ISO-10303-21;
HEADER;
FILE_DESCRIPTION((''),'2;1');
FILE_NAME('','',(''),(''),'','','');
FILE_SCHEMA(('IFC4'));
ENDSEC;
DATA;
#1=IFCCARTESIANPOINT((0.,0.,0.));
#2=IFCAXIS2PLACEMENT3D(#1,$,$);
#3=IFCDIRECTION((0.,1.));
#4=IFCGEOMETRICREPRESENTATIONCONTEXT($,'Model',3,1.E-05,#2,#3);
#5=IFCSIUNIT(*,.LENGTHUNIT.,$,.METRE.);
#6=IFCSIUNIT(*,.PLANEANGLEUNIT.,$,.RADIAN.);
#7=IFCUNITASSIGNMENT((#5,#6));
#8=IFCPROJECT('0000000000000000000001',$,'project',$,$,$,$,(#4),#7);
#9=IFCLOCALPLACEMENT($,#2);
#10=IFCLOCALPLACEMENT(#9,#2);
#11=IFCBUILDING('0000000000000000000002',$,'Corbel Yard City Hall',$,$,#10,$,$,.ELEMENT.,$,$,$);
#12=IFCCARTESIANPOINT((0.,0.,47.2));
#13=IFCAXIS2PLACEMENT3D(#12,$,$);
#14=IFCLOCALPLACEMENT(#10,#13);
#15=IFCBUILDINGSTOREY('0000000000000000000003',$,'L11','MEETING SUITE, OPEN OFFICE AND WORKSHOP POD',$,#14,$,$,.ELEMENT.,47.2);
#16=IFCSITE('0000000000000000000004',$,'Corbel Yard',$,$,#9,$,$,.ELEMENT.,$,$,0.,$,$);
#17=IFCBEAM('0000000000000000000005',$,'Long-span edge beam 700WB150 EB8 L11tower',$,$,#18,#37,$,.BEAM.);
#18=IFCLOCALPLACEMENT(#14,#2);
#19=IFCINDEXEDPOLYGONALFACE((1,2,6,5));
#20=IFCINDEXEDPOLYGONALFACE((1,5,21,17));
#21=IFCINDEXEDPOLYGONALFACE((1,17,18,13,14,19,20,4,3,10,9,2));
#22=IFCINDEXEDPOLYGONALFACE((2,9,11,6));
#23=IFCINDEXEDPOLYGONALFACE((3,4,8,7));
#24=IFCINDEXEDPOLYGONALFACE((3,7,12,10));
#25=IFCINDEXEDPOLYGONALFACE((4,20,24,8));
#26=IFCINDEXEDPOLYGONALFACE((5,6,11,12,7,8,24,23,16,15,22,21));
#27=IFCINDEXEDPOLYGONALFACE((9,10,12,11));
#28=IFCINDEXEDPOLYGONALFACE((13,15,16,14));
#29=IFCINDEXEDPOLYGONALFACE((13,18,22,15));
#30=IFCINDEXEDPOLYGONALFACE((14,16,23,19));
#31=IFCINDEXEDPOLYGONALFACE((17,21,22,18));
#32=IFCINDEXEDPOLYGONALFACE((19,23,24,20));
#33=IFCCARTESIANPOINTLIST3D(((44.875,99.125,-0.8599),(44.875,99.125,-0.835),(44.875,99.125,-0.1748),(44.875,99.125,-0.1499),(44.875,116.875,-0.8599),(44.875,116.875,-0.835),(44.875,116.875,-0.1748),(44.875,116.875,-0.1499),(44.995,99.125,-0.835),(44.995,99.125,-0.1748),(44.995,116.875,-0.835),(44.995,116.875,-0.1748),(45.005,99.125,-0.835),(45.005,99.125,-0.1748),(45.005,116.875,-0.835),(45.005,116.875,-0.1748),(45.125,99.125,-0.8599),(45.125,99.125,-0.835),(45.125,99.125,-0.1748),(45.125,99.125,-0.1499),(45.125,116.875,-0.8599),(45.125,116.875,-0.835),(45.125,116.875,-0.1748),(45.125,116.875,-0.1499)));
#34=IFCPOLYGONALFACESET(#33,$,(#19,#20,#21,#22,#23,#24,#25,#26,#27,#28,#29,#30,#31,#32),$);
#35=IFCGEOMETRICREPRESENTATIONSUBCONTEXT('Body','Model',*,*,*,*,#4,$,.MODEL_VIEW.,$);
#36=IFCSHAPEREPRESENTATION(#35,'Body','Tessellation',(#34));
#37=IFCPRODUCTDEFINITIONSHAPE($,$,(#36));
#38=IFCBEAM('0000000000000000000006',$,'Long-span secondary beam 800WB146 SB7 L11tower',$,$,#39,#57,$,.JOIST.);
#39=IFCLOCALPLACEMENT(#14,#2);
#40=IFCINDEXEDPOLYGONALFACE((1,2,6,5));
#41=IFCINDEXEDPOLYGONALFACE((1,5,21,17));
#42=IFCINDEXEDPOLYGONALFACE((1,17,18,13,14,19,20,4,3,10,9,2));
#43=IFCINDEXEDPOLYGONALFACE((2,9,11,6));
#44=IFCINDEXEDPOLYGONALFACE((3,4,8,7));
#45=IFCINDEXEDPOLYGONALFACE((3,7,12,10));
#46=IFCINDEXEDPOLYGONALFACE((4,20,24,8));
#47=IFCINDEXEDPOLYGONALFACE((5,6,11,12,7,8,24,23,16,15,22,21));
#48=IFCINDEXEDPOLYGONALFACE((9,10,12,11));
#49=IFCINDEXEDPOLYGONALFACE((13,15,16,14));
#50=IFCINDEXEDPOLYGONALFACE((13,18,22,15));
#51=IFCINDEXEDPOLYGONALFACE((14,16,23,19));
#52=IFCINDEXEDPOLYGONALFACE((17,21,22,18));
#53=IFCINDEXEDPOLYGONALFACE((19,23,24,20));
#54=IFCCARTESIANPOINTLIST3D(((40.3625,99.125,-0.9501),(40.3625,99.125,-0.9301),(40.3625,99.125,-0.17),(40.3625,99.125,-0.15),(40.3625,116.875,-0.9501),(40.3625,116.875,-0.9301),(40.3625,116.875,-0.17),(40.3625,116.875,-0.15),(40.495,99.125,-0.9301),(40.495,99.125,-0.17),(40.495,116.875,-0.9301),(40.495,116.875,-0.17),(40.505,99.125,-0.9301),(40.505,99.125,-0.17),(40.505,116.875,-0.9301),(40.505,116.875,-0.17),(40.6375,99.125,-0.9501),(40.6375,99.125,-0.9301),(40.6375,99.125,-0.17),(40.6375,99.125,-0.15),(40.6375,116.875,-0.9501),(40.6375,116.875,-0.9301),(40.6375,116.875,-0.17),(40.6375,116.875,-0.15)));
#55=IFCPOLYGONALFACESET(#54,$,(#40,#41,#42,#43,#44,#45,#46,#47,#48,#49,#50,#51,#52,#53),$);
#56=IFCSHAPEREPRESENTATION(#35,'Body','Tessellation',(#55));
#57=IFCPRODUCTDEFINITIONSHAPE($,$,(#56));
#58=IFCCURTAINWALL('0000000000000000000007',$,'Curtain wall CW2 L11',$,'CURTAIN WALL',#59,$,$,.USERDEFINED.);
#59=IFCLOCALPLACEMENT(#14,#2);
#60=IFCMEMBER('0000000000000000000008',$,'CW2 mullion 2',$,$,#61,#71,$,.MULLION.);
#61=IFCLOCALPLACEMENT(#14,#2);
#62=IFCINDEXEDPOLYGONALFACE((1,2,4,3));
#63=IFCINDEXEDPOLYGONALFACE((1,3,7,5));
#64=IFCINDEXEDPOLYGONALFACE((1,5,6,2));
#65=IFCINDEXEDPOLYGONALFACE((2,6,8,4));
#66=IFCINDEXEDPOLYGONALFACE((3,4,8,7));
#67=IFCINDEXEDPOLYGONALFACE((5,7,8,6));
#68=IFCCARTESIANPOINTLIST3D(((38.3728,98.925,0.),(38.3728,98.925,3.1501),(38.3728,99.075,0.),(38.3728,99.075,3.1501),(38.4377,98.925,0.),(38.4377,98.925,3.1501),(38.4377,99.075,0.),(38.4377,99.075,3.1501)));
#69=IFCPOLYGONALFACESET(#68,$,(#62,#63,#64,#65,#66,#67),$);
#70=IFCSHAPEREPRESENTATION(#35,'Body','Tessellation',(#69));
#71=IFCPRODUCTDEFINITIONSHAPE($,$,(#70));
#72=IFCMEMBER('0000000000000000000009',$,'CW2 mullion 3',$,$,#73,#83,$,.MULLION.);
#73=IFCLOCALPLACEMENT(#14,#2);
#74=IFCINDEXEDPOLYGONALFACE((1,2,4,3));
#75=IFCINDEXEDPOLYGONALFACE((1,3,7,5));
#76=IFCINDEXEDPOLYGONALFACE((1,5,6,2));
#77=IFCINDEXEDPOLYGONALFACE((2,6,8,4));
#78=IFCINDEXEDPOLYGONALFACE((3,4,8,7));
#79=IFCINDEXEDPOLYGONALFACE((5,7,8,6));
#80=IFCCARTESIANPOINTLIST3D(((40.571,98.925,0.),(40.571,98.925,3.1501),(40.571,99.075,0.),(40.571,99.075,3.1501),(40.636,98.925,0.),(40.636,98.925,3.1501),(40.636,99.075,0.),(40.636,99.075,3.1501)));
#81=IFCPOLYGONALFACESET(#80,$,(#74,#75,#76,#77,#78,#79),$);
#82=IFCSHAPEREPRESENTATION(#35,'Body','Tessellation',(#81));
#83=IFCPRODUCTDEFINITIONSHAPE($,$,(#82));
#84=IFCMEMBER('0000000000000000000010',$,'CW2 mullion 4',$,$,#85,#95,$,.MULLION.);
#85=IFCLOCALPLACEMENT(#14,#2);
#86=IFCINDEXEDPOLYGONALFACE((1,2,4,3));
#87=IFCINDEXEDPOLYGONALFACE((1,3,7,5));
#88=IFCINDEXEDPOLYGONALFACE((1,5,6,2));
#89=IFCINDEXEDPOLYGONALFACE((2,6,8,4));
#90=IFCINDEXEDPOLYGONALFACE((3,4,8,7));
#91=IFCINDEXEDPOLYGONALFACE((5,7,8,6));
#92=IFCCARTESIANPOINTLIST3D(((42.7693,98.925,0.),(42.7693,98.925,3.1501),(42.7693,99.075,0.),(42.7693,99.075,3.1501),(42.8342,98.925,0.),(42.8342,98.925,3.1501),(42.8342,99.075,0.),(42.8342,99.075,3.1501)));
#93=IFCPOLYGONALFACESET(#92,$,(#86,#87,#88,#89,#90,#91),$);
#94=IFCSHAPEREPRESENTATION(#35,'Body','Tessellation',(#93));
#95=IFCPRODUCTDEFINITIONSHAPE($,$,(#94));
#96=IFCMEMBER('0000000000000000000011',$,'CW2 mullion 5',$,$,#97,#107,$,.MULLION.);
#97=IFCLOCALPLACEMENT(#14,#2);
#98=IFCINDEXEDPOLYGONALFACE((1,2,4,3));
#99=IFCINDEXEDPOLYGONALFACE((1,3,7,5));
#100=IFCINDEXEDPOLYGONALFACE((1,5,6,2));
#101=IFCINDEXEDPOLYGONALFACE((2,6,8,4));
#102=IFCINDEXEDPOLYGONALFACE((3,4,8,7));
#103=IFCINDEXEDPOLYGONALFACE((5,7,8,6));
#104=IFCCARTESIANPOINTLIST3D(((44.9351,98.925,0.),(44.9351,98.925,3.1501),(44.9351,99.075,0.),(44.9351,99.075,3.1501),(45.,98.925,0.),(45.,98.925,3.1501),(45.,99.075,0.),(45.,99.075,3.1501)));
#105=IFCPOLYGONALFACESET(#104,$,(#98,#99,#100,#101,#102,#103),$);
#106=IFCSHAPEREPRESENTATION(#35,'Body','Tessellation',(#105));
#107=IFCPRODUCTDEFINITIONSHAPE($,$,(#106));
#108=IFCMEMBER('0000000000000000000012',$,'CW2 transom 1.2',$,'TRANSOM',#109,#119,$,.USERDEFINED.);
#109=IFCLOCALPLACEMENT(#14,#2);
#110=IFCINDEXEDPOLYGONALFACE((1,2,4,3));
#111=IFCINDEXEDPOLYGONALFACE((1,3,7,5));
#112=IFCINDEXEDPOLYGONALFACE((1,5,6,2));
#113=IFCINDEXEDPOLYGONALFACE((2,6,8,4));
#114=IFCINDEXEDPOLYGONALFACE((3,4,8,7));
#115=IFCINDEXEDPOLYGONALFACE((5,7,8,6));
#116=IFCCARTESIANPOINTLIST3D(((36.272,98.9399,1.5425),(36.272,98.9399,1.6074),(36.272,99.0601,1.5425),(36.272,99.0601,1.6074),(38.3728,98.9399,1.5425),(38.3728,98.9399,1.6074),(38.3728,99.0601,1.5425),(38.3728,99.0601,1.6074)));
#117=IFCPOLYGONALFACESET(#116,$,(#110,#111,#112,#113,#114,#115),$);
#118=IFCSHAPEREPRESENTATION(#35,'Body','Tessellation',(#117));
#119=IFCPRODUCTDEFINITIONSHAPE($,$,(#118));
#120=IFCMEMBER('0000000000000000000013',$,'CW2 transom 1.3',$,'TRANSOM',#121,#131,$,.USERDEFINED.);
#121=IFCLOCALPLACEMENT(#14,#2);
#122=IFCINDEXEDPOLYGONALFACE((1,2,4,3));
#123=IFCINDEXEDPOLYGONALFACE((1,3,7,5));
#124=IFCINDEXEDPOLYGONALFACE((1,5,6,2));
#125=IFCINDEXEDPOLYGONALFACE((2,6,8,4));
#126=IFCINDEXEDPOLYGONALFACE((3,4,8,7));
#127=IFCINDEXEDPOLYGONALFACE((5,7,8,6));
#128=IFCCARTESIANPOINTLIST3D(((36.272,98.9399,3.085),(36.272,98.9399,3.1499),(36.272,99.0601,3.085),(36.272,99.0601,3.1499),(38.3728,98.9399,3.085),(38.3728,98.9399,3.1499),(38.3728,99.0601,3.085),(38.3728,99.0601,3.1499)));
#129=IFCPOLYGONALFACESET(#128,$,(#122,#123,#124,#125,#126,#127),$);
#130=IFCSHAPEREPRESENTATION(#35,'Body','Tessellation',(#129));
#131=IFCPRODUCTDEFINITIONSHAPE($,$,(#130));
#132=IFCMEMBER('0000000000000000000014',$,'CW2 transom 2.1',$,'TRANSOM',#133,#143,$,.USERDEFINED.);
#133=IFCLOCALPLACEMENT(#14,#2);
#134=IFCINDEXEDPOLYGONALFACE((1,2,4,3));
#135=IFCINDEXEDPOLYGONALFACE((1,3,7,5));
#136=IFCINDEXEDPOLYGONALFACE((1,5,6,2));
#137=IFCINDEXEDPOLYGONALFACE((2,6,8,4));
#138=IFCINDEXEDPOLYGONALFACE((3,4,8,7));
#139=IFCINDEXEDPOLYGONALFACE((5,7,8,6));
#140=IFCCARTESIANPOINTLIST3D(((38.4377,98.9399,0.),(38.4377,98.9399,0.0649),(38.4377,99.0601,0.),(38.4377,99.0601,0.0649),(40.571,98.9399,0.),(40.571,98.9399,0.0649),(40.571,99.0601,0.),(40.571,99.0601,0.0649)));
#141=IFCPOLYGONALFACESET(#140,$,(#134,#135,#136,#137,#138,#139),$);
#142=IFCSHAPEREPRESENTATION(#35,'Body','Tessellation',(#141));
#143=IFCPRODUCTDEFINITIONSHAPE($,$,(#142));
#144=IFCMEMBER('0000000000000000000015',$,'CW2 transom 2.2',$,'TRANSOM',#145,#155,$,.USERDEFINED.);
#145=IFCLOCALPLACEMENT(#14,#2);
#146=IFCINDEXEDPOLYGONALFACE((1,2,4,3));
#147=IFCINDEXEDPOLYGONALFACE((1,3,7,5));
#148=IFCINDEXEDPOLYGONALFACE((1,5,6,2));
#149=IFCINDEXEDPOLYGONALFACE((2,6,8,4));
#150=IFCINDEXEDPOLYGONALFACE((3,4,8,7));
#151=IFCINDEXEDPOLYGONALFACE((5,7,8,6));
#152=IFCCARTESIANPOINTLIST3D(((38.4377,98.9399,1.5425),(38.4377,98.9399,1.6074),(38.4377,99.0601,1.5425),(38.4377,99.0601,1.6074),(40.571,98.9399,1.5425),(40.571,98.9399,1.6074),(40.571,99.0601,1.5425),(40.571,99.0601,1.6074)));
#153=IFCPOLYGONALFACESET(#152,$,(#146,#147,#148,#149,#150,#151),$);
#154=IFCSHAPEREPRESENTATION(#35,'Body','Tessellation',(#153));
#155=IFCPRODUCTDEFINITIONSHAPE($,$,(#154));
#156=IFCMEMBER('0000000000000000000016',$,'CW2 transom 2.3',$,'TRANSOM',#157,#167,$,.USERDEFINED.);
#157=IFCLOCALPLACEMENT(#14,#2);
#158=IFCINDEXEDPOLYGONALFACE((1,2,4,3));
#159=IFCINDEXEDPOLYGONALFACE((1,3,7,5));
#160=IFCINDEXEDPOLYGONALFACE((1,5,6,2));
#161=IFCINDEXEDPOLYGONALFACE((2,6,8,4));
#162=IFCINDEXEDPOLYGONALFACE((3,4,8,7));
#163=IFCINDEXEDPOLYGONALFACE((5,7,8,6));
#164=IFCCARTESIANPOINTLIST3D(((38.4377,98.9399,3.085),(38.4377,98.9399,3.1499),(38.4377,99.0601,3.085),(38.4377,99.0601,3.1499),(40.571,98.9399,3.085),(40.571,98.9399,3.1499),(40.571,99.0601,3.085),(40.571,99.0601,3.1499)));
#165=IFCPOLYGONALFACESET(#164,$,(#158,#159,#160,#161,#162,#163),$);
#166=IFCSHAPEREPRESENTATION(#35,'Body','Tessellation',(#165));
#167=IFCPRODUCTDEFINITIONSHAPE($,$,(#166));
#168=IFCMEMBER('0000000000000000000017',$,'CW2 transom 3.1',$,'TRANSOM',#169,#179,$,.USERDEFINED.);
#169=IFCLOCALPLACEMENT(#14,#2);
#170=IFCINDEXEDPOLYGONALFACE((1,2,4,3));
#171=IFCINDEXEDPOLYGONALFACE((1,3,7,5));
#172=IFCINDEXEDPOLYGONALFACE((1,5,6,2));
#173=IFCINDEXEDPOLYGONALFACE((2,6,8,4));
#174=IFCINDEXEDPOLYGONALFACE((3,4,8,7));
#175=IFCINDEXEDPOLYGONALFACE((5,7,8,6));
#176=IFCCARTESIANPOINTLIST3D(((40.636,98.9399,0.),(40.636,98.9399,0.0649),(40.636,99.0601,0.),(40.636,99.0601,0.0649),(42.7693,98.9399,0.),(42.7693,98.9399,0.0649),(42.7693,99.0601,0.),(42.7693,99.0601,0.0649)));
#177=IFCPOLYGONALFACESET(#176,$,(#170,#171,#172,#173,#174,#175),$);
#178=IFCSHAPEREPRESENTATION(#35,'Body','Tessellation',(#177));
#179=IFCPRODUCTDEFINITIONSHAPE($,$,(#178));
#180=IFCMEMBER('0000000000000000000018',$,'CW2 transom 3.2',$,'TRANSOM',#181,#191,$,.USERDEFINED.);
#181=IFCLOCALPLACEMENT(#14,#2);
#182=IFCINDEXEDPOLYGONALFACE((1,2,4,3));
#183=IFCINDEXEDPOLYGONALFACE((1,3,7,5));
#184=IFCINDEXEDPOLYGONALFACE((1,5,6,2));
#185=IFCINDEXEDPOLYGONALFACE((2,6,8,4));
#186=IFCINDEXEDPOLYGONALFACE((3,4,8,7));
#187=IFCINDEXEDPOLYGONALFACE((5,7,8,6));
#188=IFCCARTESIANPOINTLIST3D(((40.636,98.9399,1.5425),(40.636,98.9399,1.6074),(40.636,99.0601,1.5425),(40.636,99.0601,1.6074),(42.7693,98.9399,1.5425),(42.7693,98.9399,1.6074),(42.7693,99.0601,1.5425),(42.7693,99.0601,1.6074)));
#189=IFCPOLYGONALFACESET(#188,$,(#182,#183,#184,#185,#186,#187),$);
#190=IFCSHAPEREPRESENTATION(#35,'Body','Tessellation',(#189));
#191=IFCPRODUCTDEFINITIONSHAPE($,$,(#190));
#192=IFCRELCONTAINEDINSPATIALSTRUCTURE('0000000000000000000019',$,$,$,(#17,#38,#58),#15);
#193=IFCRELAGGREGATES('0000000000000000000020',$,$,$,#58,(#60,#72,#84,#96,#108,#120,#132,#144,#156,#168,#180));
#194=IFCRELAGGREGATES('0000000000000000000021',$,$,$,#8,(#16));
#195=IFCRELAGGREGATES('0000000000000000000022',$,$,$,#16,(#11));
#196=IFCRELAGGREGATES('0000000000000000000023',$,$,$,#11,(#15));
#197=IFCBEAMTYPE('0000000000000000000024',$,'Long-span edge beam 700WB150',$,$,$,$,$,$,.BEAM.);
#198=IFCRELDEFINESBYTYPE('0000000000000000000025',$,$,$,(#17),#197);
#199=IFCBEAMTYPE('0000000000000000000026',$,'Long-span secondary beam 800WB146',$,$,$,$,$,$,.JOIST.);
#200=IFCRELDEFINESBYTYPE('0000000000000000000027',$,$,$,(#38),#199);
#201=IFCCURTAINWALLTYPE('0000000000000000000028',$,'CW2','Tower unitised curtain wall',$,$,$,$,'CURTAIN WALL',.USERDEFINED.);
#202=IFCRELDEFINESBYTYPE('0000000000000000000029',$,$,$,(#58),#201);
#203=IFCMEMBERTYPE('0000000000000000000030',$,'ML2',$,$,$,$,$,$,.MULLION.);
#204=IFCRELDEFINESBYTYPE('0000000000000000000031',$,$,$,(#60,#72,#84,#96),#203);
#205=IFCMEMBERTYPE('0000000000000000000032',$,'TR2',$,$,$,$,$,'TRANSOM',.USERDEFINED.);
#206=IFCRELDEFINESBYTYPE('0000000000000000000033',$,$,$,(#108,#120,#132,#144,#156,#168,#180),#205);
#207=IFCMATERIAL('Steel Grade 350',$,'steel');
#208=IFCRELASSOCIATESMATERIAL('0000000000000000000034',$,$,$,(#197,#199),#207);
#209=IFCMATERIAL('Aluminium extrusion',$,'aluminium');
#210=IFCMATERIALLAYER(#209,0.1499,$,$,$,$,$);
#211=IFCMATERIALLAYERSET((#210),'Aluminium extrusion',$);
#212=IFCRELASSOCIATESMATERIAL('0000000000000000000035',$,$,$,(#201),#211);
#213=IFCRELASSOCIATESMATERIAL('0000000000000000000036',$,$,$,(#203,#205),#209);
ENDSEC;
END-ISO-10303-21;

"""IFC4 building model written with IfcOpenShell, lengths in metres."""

from ifc_helpers import new_model, si_unit, direction, frame, origin, origin_2d, place, context, subcontext, project, spatial, rectangle, i_section, extrude, material, layer, layer_set, material_profile, profile_set, type_object, element, aggregate, save


model = new_model("IFC4")

# Units and contexts
model_context = context("Model", 3, precision=1e-05, world=origin(), true_north=direction((0.0, 1.0)))
body_context = subcontext(model_context, "Body", "Model", "MODEL_VIEW")
ifc_project = project(units=[si_unit("LENGTHUNIT", "METRE"), si_unit("PLANEANGLEUNIT", "RADIAN")], contexts=[model_context])

# Site, building, storey
site_placement = place(None, origin())
site = spatial("IfcSite", under=ifc_project, at=site_placement, Name="Corbel Yard", CompositionType="ELEMENT", RefElevation=0.0)
building_placement = place(site_placement, origin())
building = spatial("IfcBuilding", under=site, at=building_placement, Name="Corbel Yard City Hall", CompositionType="ELEMENT")
storey_placement = place(building_placement, frame((0.0, 0.0, 47.2)))
storey = spatial("IfcBuildingStorey", under=building, at=storey_placement, Name="L11", Description="MEETING SUITE, OPEN OFFICE AND WORKSHOP POD", CompositionType="ELEMENT", Elevation=47.2)

# Beams
ifc_material_1 = material(Name="Steel Grade 350", Category="steel")
ifc_material_profile_1 = material_profile(ifc_material_1, i_section(OverallWidth=0.25, OverallDepth=0.71, WebThickness=0.01, FlangeThickness=0.0249, at=origin_2d()), Name="700WB150")
ifc_profile_set_1 = profile_set([ifc_material_profile_1], Name="Steel Grade 350")
beam_type_1 = type_object("IfcBeamType", Name="Long-span edge beam 700WB150", PredefinedType="BEAM", material=ifc_profile_set_1)
beam_1_placement = place(storey_placement, frame((45.0, 99.125, -0.5049), z_axis=(0.0, 1.0, 0.0), x_axis=(-1.0, 0.0, 0.0)))
element("IfcBeam", 1, at=beam_1_placement, inside=storey, type_object=beam_type_1, Name="Long-span edge beam 700WB150 EB8 L11tower", PredefinedType="BEAM", context=body_context, shape_type="SweptSolid", body=[
    extrude(i_section(OverallWidth=0.25, OverallDepth=0.71, WebThickness=0.01, FlangeThickness=0.0249, at=origin_2d()), origin(), (0.0, 0.0, 1.0), 17.75),
])
ifc_material_profile_2 = material_profile(ifc_material_1, i_section(OverallWidth=0.2749, OverallDepth=0.8, WebThickness=0.01, FlangeThickness=0.02, at=origin_2d()), Name="800WB146")
ifc_profile_set_2 = profile_set([ifc_material_profile_2], Name="Steel Grade 350")
beam_type_2 = type_object("IfcBeamType", Name="Long-span secondary beam 800WB146", PredefinedType="JOIST", material=ifc_profile_set_2)
beam_2_placement = place(storey_placement, frame((40.5, 99.125, -0.55), z_axis=(0.0, 1.0, 0.0), x_axis=(-1.0, 0.0, 0.0)))
element("IfcBeam", 2, at=beam_2_placement, inside=storey, type_object=beam_type_2, Name="Long-span secondary beam 800WB146 SB7 L11tower", PredefinedType="JOIST", context=body_context, shape_type="SweptSolid", body=[
    extrude(i_section(OverallWidth=0.2749, OverallDepth=0.8, WebThickness=0.01, FlangeThickness=0.02, at=origin_2d()), origin(), (0.0, 0.0, 1.0), 17.75),
])

# Curtain wall, members
ifc_material_2 = material(Name="Aluminium extrusion", Category="aluminium")
ifc_layer_1 = layer(ifc_material_2, 0.1499)
ifc_layer_set_1 = layer_set([ifc_layer_1], Name="Aluminium extrusion")
curtain_wall_type = type_object("IfcCurtainWallType", Name="CW2", Description="Tower unitised curtain wall", ElementType="CURTAIN WALL", PredefinedType="USERDEFINED", material=ifc_layer_set_1)
curtain_wall_placement = place(storey_placement, origin())
curtain_wall = element("IfcCurtainWall", 3, at=curtain_wall_placement, inside=storey, type_object=curtain_wall_type, Name="Curtain wall CW2 L11", ObjectType="CURTAIN WALL", PredefinedType="USERDEFINED")
ifc_material_profile_3 = material_profile(ifc_material_2, rectangle(XDim=0.1499, YDim=0.0649, at=origin_2d()), Name="150x65")
ifc_profile_set_3 = profile_set([ifc_material_profile_3], Name="Aluminium extrusion")
member_type_1 = type_object("IfcMemberType", Name="ML2", PredefinedType="MULLION", material=ifc_profile_set_3)
member_1_placement = place(storey_placement, frame((38.4053, 99.0, 0.0), z_axis=(0.0, 0.0, 1.0), x_axis=(0.0, 1.0, 0.0)))
member_1 = element("IfcMember", 4, at=member_1_placement, type_object=member_type_1, Name="CW2 mullion 2", PredefinedType="MULLION", context=body_context, shape_type="SweptSolid", body=[
    extrude(rectangle(XDim=0.1499, YDim=0.0649, at=origin_2d()), origin(), (0.0, 0.0, 1.0), 3.1501),
])
member_2_placement = place(storey_placement, frame((40.6035, 99.0, 0.0), z_axis=(0.0, 0.0, 1.0), x_axis=(0.0, 1.0, 0.0)))
member_2 = element("IfcMember", 5, at=member_2_placement, type_object=member_type_1, Name="CW2 mullion 3", PredefinedType="MULLION", context=body_context, shape_type="SweptSolid", body=[
    extrude(rectangle(XDim=0.1499, YDim=0.0649, at=origin_2d()), origin(), (0.0, 0.0, 1.0), 3.1501),
])
member_3_placement = place(storey_placement, frame((42.8018, 99.0, 0.0), z_axis=(0.0, 0.0, 1.0), x_axis=(0.0, 1.0, 0.0)))
member_3 = element("IfcMember", 6, at=member_3_placement, type_object=member_type_1, Name="CW2 mullion 4", PredefinedType="MULLION", context=body_context, shape_type="SweptSolid", body=[
    extrude(rectangle(XDim=0.1499, YDim=0.0649, at=origin_2d()), origin(), (0.0, 0.0, 1.0), 3.1501),
])
member_4_placement = place(storey_placement, frame((44.9675, 99.0, 0.0), z_axis=(0.0, 0.0, 1.0), x_axis=(0.0, 1.0, 0.0)))
member_4 = element("IfcMember", 7, at=member_4_placement, type_object=member_type_1, Name="CW2 mullion 5", PredefinedType="MULLION", context=body_context, shape_type="SweptSolid", body=[
    extrude(rectangle(XDim=0.1499, YDim=0.0649, at=origin_2d()), origin(), (0.0, 0.0, 1.0), 3.1501),
])
ifc_material_profile_4 = material_profile(ifc_material_2, rectangle(XDim=0.1201, YDim=0.0649, at=origin_2d()), Name="120x65")
ifc_profile_set_4 = profile_set([ifc_material_profile_4], Name="Aluminium extrusion")
member_type_2 = type_object("IfcMemberType", Name="TR2", ElementType="TRANSOM", PredefinedType="USERDEFINED", material=ifc_profile_set_4)
member_5_placement = place(storey_placement, frame((36.272, 99.0, 1.575), z_axis=(1.0, 0.0, 0.0), x_axis=(0.0, 1.0, 0.0)))
member_5 = element("IfcMember", 8, at=member_5_placement, type_object=member_type_2, Name="CW2 transom 1.2", ObjectType="TRANSOM", PredefinedType="USERDEFINED", context=body_context, shape_type="SweptSolid", body=[
    extrude(rectangle(XDim=0.1201, YDim=0.0649, at=origin_2d()), origin(), (0.0, 0.0, 1.0), 2.1008),
])
member_6_placement = place(storey_placement, frame((36.272, 99.0, 3.1174), z_axis=(1.0, 0.0, 0.0), x_axis=(0.0, 1.0, 0.0)))
member_6 = element("IfcMember", 9, at=member_6_placement, type_object=member_type_2, Name="CW2 transom 1.3", ObjectType="TRANSOM", PredefinedType="USERDEFINED", context=body_context, shape_type="SweptSolid", body=[
    extrude(rectangle(XDim=0.1201, YDim=0.0649, at=origin_2d()), origin(), (0.0, 0.0, 1.0), 2.1008),
])
member_7_placement = place(storey_placement, frame((38.4377, 99.0, 0.0325), z_axis=(1.0, 0.0, 0.0), x_axis=(0.0, 1.0, 0.0)))
member_7 = element("IfcMember", 10, at=member_7_placement, type_object=member_type_2, Name="CW2 transom 2.1", ObjectType="TRANSOM", PredefinedType="USERDEFINED", context=body_context, shape_type="SweptSolid", body=[
    extrude(rectangle(XDim=0.1201, YDim=0.0649, at=origin_2d()), origin(), (0.0, 0.0, 1.0), 2.1333),
])
member_8_placement = place(storey_placement, frame((38.4377, 99.0, 1.575), z_axis=(1.0, 0.0, 0.0), x_axis=(0.0, 1.0, 0.0)))
member_8 = element("IfcMember", 11, at=member_8_placement, type_object=member_type_2, Name="CW2 transom 2.2", ObjectType="TRANSOM", PredefinedType="USERDEFINED", context=body_context, shape_type="SweptSolid", body=[
    extrude(rectangle(XDim=0.1201, YDim=0.0649, at=origin_2d()), origin(), (0.0, 0.0, 1.0), 2.1333),
])
member_9_placement = place(storey_placement, frame((38.4377, 99.0, 3.1174), z_axis=(1.0, 0.0, 0.0), x_axis=(0.0, 1.0, 0.0)))
member_9 = element("IfcMember", 12, at=member_9_placement, type_object=member_type_2, Name="CW2 transom 2.3", ObjectType="TRANSOM", PredefinedType="USERDEFINED", context=body_context, shape_type="SweptSolid", body=[
    extrude(rectangle(XDim=0.1201, YDim=0.0649, at=origin_2d()), origin(), (0.0, 0.0, 1.0), 2.1333),
])
member_10_placement = place(storey_placement, frame((40.636, 99.0, 0.0325), z_axis=(1.0, 0.0, 0.0), x_axis=(0.0, 1.0, 0.0)))
member_10 = element("IfcMember", 13, at=member_10_placement, type_object=member_type_2, Name="CW2 transom 3.1", ObjectType="TRANSOM", PredefinedType="USERDEFINED", context=body_context, shape_type="SweptSolid", body=[
    extrude(rectangle(XDim=0.1201, YDim=0.0649, at=origin_2d()), origin(), (0.0, 0.0, 1.0), 2.1333),
])
member_11_placement = place(storey_placement, frame((40.636, 99.0, 1.575), z_axis=(1.0, 0.0, 0.0), x_axis=(0.0, 1.0, 0.0)))
member_11 = element("IfcMember", 14, at=member_11_placement, type_object=member_type_2, Name="CW2 transom 3.2", ObjectType="TRANSOM", PredefinedType="USERDEFINED", context=body_context, shape_type="SweptSolid", body=[
    extrude(rectangle(XDim=0.1201, YDim=0.0649, at=origin_2d()), origin(), (0.0, 0.0, 1.0), 2.1333),
])
aggregate(curtain_wall, [member_1, member_2, member_3, member_4, member_5, member_6, member_7, member_8, member_9, member_10, member_11])

save(model, "model.ifc")
